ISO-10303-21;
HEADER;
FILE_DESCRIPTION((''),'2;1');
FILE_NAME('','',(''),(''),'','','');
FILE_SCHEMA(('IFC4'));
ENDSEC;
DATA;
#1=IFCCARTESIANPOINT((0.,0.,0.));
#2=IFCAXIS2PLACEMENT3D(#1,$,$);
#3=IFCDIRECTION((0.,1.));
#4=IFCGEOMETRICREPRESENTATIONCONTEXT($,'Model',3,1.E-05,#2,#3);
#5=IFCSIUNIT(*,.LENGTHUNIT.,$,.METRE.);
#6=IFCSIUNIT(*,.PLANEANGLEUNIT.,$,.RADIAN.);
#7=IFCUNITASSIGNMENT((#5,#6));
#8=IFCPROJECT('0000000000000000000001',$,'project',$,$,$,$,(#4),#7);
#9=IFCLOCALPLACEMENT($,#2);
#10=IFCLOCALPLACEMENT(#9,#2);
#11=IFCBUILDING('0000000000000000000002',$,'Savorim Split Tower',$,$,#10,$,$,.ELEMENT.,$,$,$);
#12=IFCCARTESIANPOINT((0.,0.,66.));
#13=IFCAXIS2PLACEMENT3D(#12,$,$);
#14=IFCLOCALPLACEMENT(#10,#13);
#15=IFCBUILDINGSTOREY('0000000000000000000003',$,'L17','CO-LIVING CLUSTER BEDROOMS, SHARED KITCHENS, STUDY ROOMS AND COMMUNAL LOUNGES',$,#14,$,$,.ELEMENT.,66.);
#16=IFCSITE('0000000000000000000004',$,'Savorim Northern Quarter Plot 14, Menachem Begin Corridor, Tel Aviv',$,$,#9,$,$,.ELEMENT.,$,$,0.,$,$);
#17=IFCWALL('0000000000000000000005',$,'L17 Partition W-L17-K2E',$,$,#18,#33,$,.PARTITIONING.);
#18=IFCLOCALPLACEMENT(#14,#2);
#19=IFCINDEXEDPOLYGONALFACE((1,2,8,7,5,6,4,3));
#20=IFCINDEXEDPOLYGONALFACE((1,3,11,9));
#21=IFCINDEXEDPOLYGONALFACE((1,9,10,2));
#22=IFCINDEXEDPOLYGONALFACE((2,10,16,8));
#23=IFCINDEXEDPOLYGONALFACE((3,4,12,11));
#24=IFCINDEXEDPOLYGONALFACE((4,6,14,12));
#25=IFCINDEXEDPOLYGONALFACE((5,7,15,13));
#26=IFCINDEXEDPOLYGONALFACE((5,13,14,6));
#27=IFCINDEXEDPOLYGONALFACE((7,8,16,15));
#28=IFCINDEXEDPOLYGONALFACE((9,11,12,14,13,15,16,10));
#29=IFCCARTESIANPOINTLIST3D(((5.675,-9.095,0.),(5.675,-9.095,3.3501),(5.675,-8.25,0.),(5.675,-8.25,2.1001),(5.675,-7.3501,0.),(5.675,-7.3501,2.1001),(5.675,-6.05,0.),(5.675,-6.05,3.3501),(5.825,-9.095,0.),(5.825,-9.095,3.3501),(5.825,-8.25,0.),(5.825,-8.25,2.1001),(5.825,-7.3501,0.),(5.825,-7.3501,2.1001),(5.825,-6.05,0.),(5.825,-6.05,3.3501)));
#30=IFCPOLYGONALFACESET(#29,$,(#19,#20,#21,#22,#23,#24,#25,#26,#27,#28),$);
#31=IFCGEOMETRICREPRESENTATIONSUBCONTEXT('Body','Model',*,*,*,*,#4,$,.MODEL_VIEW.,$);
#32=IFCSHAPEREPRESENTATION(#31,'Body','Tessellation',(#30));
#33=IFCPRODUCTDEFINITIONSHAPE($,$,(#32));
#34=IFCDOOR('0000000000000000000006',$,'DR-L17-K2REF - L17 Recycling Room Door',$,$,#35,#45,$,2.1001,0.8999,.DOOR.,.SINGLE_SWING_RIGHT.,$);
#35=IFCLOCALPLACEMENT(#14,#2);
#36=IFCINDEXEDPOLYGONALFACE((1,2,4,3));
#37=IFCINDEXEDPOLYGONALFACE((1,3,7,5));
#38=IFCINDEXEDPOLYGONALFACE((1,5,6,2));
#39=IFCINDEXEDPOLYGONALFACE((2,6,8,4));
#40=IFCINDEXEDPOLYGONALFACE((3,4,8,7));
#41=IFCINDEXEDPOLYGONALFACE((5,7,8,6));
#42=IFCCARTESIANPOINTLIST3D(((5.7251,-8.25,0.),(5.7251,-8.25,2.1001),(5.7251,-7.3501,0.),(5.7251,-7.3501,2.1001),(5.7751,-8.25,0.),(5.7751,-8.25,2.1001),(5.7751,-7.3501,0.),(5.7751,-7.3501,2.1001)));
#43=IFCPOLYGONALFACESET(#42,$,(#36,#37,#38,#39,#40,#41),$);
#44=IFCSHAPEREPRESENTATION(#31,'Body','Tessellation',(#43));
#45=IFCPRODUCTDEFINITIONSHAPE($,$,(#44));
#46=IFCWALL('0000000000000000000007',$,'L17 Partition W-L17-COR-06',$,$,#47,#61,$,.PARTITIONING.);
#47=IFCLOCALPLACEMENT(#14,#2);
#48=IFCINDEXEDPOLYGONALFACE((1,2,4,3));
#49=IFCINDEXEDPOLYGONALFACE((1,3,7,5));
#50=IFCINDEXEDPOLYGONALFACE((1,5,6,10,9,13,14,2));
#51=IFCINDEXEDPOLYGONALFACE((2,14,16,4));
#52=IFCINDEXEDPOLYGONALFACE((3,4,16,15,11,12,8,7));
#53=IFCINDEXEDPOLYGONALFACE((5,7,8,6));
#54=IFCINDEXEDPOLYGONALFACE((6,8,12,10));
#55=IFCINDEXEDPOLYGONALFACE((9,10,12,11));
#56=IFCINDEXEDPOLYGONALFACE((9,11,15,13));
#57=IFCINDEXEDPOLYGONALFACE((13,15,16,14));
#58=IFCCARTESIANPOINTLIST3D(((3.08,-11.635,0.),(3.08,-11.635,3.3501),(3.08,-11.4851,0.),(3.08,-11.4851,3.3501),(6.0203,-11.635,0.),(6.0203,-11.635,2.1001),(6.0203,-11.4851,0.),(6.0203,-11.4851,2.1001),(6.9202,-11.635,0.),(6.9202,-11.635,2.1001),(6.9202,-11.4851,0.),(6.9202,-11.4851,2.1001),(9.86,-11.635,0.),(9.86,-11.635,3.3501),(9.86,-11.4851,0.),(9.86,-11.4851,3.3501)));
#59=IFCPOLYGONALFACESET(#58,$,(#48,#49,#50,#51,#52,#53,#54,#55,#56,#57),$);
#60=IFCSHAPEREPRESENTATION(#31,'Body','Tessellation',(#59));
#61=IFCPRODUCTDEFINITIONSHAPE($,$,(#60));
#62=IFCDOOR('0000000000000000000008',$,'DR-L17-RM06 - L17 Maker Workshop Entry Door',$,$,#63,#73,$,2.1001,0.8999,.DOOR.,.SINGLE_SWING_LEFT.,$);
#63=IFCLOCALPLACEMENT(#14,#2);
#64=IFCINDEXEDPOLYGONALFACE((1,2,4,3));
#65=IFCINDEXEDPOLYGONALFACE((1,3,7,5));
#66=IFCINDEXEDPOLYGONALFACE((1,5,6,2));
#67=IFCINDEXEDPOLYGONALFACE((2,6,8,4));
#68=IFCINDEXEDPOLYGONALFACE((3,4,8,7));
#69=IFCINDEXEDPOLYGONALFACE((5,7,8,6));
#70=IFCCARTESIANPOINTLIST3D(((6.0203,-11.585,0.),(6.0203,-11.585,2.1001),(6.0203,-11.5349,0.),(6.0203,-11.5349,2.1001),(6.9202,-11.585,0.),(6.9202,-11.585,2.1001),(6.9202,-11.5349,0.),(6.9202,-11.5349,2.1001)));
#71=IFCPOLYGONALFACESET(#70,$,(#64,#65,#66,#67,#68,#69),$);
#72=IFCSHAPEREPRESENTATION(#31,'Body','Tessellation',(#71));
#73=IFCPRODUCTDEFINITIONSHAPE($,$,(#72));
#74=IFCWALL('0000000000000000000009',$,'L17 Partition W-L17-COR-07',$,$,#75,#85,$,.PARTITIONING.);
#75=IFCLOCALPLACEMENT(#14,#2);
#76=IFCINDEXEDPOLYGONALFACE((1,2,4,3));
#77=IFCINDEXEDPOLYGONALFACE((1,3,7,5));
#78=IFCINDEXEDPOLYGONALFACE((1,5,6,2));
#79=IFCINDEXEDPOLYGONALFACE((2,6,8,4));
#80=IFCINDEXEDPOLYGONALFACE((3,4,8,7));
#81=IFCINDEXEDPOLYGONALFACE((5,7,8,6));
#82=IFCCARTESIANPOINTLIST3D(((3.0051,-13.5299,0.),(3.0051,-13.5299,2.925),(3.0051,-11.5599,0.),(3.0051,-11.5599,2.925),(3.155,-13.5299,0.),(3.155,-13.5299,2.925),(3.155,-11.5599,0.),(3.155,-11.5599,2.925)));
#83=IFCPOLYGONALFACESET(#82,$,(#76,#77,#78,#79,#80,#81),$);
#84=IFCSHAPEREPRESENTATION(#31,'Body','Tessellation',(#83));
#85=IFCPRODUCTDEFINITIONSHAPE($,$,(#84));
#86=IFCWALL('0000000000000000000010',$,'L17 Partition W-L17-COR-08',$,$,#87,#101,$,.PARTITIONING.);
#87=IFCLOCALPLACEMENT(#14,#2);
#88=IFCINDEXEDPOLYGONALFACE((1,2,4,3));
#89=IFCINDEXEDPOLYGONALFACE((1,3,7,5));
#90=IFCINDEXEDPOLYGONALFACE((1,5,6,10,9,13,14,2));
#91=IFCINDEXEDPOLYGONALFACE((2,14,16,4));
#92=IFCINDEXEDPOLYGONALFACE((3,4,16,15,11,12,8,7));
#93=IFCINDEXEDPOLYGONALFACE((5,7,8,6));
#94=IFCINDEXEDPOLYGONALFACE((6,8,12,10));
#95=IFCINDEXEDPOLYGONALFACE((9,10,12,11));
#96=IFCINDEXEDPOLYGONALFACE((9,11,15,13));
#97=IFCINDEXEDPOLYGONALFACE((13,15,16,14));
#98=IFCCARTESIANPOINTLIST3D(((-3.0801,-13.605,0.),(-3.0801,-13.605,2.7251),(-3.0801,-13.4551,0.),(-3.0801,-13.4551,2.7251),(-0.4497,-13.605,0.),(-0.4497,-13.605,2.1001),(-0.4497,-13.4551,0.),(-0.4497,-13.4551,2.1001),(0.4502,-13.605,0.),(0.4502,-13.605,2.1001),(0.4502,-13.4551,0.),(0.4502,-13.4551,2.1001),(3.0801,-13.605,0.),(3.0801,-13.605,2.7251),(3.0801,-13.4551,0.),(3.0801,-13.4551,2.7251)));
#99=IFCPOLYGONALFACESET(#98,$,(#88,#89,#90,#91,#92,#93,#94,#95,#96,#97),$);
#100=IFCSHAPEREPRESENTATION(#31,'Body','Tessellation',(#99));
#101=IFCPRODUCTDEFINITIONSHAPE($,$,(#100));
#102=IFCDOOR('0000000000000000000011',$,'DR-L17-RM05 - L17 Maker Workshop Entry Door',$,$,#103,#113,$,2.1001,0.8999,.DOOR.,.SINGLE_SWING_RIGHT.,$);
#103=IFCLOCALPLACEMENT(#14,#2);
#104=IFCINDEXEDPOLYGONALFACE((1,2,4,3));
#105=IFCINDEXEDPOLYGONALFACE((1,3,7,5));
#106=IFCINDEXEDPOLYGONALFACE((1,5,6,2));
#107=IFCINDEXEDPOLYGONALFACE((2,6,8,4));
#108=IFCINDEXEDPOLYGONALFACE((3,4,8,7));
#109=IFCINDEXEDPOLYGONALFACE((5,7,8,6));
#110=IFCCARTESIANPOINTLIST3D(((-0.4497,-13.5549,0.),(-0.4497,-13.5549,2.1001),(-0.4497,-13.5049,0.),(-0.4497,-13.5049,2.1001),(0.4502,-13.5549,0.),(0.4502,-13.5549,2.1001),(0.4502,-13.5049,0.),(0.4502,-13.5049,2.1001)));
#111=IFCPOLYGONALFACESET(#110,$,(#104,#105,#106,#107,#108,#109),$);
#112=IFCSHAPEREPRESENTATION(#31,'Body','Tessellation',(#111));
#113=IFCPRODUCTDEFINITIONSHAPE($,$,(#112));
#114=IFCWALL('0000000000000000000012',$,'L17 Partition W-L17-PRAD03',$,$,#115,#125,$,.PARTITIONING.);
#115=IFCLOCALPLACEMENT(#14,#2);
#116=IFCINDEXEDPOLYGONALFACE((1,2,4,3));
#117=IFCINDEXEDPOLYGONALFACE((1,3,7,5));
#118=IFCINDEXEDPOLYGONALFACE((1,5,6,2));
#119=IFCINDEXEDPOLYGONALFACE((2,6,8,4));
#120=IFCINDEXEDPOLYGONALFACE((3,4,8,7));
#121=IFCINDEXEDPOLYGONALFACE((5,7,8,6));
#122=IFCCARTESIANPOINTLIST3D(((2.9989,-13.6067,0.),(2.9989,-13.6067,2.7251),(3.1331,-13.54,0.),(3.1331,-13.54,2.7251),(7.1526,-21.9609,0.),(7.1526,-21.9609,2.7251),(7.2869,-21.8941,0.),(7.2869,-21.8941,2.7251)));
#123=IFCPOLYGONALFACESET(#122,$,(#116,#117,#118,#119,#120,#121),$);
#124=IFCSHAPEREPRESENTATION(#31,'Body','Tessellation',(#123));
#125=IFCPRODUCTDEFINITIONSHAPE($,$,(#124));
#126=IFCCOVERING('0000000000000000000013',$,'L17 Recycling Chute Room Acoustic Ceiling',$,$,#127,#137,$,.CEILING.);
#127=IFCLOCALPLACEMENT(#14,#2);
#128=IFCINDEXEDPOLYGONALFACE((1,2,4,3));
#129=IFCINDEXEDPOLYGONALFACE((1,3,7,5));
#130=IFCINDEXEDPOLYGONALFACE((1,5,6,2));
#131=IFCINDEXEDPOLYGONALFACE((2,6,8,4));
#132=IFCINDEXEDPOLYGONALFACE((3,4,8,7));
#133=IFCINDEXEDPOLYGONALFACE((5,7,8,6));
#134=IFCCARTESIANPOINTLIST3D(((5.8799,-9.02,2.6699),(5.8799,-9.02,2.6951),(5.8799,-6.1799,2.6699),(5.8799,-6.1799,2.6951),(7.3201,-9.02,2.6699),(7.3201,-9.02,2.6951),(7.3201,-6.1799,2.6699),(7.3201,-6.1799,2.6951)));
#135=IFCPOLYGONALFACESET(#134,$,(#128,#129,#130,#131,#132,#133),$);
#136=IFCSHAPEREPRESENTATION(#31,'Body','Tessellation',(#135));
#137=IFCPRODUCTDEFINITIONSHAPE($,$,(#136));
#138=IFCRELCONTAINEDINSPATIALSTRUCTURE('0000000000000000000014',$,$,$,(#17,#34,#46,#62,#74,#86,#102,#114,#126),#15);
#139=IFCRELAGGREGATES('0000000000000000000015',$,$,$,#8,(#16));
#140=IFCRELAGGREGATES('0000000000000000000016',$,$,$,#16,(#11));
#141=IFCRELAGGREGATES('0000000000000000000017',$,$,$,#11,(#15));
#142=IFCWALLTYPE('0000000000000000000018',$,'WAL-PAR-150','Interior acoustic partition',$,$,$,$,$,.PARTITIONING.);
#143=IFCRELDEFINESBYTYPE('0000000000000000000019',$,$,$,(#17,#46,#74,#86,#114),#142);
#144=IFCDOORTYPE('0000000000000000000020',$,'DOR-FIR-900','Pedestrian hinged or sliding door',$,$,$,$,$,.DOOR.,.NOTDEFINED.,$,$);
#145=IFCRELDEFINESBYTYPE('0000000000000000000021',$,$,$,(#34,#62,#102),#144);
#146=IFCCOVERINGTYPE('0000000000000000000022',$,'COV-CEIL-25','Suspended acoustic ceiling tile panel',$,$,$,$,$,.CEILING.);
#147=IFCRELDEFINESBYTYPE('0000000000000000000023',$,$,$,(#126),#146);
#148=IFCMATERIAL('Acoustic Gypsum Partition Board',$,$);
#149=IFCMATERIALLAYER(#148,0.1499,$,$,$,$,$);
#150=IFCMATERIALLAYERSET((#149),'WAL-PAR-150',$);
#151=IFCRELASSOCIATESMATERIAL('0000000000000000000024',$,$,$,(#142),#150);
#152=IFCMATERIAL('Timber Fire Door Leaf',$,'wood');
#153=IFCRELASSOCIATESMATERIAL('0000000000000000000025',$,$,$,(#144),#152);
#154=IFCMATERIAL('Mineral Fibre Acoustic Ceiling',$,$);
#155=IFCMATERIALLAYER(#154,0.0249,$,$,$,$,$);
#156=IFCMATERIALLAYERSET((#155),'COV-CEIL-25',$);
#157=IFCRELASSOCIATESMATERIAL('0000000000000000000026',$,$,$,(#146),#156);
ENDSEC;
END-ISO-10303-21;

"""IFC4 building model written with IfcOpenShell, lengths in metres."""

from ifc_helpers import new_model, si_unit, direction, frame, frame_2d, origin, place, context, subcontext, project, spatial, polyline, rectangle, outline, extrude, material, layer, layer_set, type_object, element, fill, save


model = new_model("IFC4")

# Units and contexts
model_context = context("Model", 3, precision=1e-05, world=origin(), true_north=direction((0.0, 1.0)))
body_context = subcontext(model_context, "Body", "Model", "MODEL_VIEW")
ifc_project = project(units=[si_unit("LENGTHUNIT", "METRE"), si_unit("PLANEANGLEUNIT", "RADIAN")], contexts=[model_context])

# Site, building, storey
site_placement = place(None, origin())
site = spatial("IfcSite", under=ifc_project, at=site_placement, Name="Savorim Northern Quarter Plot 14, Menachem Begin Corridor, Tel Aviv", CompositionType="ELEMENT", RefElevation=0.0)
building_placement = place(site_placement, origin())
building = spatial("IfcBuilding", under=site, at=building_placement, Name="Savorim Split Tower", CompositionType="ELEMENT")
storey_placement = place(building_placement, frame((0.0, 0.0, 66.0)))
storey = spatial("IfcBuildingStorey", under=building, at=storey_placement, Name="L17", Description="CO-LIVING CLUSTER BEDROOMS, SHARED KITCHENS, STUDY ROOMS AND COMMUNAL LOUNGES", CompositionType="ELEMENT", Elevation=66.0)

# Shared definitions
ifc_material_1 = material(Name="Acoustic Gypsum Partition Board")
ifc_layer_1 = layer(ifc_material_1, 0.1499)
ifc_layer_set_1 = layer_set([ifc_layer_1], Name="WAL-PAR-150")
wall_type_1 = type_object("IfcWallType", Name="WAL-PAR-150", Description="Interior acoustic partition", PredefinedType="PARTITIONING", material=ifc_layer_set_1)

# Walls, openings, doors
ifc_material_2 = material(Name="Timber Fire Door Leaf", Category="wood")
door_type_1 = type_object("IfcDoorType", Name="DOR-FIR-900", Description="Pedestrian hinged or sliding door", OperationType="NOTDEFINED", PredefinedType="DOOR", material=ifc_material_2)
wall_1_placement = place(storey_placement, frame((5.75, -9.095, 0.0), z_axis=(0.0, 0.0, 1.0), x_axis=(0.0, 1.0, 0.0)))
wall_1 = element("IfcWall", 1, at=wall_1_placement, inside=storey, type_object=wall_type_1, Name="L17 Partition W-L17-K2E", PredefinedType="PARTITIONING", context=body_context, shape_type="SweptSolid", body=[
    extrude(rectangle(XDim=3.0449, YDim=0.1499, at=frame_2d((1.5225, 0.0))), origin(), (0.0, 0.0, 1.0), 3.3501),
])
opening_1_placement = place(wall_1_placement, frame((0.845, 0.0, 0.0)))
opening_1 = element("IfcOpeningElement", 2, at=opening_1_placement, cuts=wall_1, PredefinedType="OPENING", context=body_context, shape_type="SweptSolid", body=[
    extrude(rectangle(XDim=0.8999, YDim=2.1001, at=frame_2d((0.45, 1.05))), frame((0.0, 0.085, 0.0), z_axis=(0.0, -1.0, 0.0), x_axis=(1.0, 0.0, 0.0)), (0.0, 0.0, 1.0), 0.1699),
])
door_1_placement = place(opening_1_placement, origin())
door_1 = element("IfcDoor", 3, at=door_1_placement, inside=storey, type_object=door_type_1, Name="DR-L17-K2REF - L17 Recycling Room Door", OperationType="SINGLE_SWING_RIGHT", OverallHeight=2.1001, OverallWidth=0.8999, PredefinedType="DOOR", context=body_context, shape_type="SweptSolid", body=[
    extrude(rectangle(XDim=0.8999, YDim=2.1001, at=frame_2d((0.45, 1.05))), frame((0.0, 0.0249, 0.0), z_axis=(0.0, -1.0, 0.0), x_axis=(1.0, 0.0, 0.0)), (0.0, 0.0, 1.0), 0.05),
])
fill(opening_1, door_1)
wall_2_placement = place(storey_placement, frame((9.8601, -11.5601, 0.0), z_axis=(0.0, 0.0, 1.0), x_axis=(-1.0, 0.0, 0.0)))
wall_2 = element("IfcWall", 4, at=wall_2_placement, inside=storey, type_object=wall_type_1, Name="L17 Partition W-L17-COR-06", PredefinedType="PARTITIONING", context=body_context, shape_type="SweptSolid", body=[
    extrude(rectangle(XDim=6.78, YDim=0.1499, at=frame_2d((3.3901, 0.0))), origin(), (0.0, 0.0, 1.0), 3.3501),
])
opening_2_placement = place(wall_2_placement, frame((2.9399, 0.0, 0.0)))
opening_2 = element("IfcOpeningElement", 5, at=opening_2_placement, cuts=wall_2, PredefinedType="OPENING", context=body_context, shape_type="SweptSolid", body=[
    extrude(rectangle(XDim=0.8999, YDim=2.1001, at=frame_2d((0.45, 1.05))), frame((0.0, 0.085, 0.0), z_axis=(0.0, -1.0, 0.0), x_axis=(1.0, 0.0, 0.0)), (0.0, 0.0, 1.0), 0.1699),
])
door_2_placement = place(opening_2_placement, origin())
door_2 = element("IfcDoor", 6, at=door_2_placement, inside=storey, type_object=door_type_1, Name="DR-L17-RM06 - L17 Maker Workshop Entry Door", OperationType="SINGLE_SWING_LEFT", OverallHeight=2.1001, OverallWidth=0.8999, PredefinedType="DOOR", context=body_context, shape_type="SweptSolid", body=[
    extrude(rectangle(XDim=0.8999, YDim=2.1001, at=frame_2d((0.45, 1.05))), frame((0.0, 0.0249, 0.0), z_axis=(0.0, -1.0, 0.0), x_axis=(1.0, 0.0, 0.0)), (0.0, 0.0, 1.0), 0.05),
])
fill(opening_2, door_2)

# Wall
wall_3_placement = place(storey_placement, frame((3.0801, -11.5601, 0.0), z_axis=(0.0, 0.0, 1.0), x_axis=(0.0, -1.0, 0.0)))
element("IfcWall", 7, at=wall_3_placement, inside=storey, type_object=wall_type_1, Name="L17 Partition W-L17-COR-07", PredefinedType="PARTITIONING", context=body_context, shape_type="SweptSolid", body=[
    extrude(rectangle(XDim=1.97, YDim=0.1499, at=frame_2d((0.9849, 0.0))), origin(), (0.0, 0.0, 1.0), 2.925),
])

# Wall, opening, door
wall_4_placement = place(storey_placement, frame((3.0801, -13.53, 0.0), z_axis=(0.0, 0.0, 1.0), x_axis=(-1.0, 0.0, 0.0)))
wall_4 = element("IfcWall", 8, at=wall_4_placement, inside=storey, type_object=wall_type_1, Name="L17 Partition W-L17-COR-08", PredefinedType="PARTITIONING", context=body_context, shape_type="SweptSolid", body=[
    extrude(rectangle(XDim=6.1602, YDim=0.1499, at=frame_2d((3.0801, 0.0))), origin(), (0.0, 0.0, 1.0), 2.7251),
])
opening_3_placement = place(wall_4_placement, frame((2.6299, 0.0, 0.0)))
opening_3 = element("IfcOpeningElement", 9, at=opening_3_placement, cuts=wall_4, PredefinedType="OPENING", context=body_context, shape_type="SweptSolid", body=[
    extrude(rectangle(XDim=0.8999, YDim=2.1001, at=frame_2d((0.45, 1.05))), frame((0.0, 0.085, 0.0), z_axis=(0.0, -1.0, 0.0), x_axis=(1.0, 0.0, 0.0)), (0.0, 0.0, 1.0), 0.1699),
])
door_3_placement = place(opening_3_placement, origin())
door_3 = element("IfcDoor", 10, at=door_3_placement, inside=storey, type_object=door_type_1, Name="DR-L17-RM05 - L17 Maker Workshop Entry Door", OperationType="SINGLE_SWING_RIGHT", OverallHeight=2.1001, OverallWidth=0.8999, PredefinedType="DOOR", context=body_context, shape_type="SweptSolid", body=[
    extrude(rectangle(XDim=0.8999, YDim=2.1001, at=frame_2d((0.45, 1.05))), frame((0.0, 0.0249, 0.0), z_axis=(0.0, -1.0, 0.0), x_axis=(1.0, 0.0, 0.0)), (0.0, 0.0, 1.0), 0.05),
])
fill(opening_3, door_3)

# Wall
wall_5_placement = place(storey_placement, frame((3.0659, -13.5732, 0.0), z_axis=(0.0, 0.0, 1.0), x_axis=(0.445213, -0.895425, 0.0)))
element("IfcWall", 11, at=wall_5_placement, inside=storey, type_object=wall_type_1, Name="L17 Partition W-L17-PRAD03", PredefinedType="PARTITIONING", context=body_context, shape_type="SweptSolid", body=[
    extrude(rectangle(XDim=9.3298, YDim=0.1499, at=frame_2d((4.665, 0.0))), origin(), (0.0, 0.0, 1.0), 2.7251),
])

# Covering
ifc_material_3 = material(Name="Mineral Fibre Acoustic Ceiling")
ifc_layer_2 = layer(ifc_material_3, 0.0249)
ifc_layer_set_2 = layer_set([ifc_layer_2], Name="COV-CEIL-25")
covering_type_1 = type_object("IfcCoveringType", Name="COV-CEIL-25", Description="Suspended acoustic ceiling tile panel", PredefinedType="CEILING", material=ifc_layer_set_2)
covering_1_placement = place(storey_placement, frame((0.0, 0.0, 2.6699)))
element("IfcCovering", 12, at=covering_1_placement, inside=storey, type_object=covering_type_1, Name="L17 Recycling Chute Room Acoustic Ceiling", PredefinedType="CEILING", context=body_context, shape_type="SweptSolid", body=[
    extrude(outline(polyline([(5.8799, -6.1799), (5.8799, -9.02), (7.3201, -9.02), (7.3201, -6.1799), (5.8799, -6.1799)])), origin(), (0.0, 0.0, 1.0), 0.0251),
])

save(model, "model.ifc")
